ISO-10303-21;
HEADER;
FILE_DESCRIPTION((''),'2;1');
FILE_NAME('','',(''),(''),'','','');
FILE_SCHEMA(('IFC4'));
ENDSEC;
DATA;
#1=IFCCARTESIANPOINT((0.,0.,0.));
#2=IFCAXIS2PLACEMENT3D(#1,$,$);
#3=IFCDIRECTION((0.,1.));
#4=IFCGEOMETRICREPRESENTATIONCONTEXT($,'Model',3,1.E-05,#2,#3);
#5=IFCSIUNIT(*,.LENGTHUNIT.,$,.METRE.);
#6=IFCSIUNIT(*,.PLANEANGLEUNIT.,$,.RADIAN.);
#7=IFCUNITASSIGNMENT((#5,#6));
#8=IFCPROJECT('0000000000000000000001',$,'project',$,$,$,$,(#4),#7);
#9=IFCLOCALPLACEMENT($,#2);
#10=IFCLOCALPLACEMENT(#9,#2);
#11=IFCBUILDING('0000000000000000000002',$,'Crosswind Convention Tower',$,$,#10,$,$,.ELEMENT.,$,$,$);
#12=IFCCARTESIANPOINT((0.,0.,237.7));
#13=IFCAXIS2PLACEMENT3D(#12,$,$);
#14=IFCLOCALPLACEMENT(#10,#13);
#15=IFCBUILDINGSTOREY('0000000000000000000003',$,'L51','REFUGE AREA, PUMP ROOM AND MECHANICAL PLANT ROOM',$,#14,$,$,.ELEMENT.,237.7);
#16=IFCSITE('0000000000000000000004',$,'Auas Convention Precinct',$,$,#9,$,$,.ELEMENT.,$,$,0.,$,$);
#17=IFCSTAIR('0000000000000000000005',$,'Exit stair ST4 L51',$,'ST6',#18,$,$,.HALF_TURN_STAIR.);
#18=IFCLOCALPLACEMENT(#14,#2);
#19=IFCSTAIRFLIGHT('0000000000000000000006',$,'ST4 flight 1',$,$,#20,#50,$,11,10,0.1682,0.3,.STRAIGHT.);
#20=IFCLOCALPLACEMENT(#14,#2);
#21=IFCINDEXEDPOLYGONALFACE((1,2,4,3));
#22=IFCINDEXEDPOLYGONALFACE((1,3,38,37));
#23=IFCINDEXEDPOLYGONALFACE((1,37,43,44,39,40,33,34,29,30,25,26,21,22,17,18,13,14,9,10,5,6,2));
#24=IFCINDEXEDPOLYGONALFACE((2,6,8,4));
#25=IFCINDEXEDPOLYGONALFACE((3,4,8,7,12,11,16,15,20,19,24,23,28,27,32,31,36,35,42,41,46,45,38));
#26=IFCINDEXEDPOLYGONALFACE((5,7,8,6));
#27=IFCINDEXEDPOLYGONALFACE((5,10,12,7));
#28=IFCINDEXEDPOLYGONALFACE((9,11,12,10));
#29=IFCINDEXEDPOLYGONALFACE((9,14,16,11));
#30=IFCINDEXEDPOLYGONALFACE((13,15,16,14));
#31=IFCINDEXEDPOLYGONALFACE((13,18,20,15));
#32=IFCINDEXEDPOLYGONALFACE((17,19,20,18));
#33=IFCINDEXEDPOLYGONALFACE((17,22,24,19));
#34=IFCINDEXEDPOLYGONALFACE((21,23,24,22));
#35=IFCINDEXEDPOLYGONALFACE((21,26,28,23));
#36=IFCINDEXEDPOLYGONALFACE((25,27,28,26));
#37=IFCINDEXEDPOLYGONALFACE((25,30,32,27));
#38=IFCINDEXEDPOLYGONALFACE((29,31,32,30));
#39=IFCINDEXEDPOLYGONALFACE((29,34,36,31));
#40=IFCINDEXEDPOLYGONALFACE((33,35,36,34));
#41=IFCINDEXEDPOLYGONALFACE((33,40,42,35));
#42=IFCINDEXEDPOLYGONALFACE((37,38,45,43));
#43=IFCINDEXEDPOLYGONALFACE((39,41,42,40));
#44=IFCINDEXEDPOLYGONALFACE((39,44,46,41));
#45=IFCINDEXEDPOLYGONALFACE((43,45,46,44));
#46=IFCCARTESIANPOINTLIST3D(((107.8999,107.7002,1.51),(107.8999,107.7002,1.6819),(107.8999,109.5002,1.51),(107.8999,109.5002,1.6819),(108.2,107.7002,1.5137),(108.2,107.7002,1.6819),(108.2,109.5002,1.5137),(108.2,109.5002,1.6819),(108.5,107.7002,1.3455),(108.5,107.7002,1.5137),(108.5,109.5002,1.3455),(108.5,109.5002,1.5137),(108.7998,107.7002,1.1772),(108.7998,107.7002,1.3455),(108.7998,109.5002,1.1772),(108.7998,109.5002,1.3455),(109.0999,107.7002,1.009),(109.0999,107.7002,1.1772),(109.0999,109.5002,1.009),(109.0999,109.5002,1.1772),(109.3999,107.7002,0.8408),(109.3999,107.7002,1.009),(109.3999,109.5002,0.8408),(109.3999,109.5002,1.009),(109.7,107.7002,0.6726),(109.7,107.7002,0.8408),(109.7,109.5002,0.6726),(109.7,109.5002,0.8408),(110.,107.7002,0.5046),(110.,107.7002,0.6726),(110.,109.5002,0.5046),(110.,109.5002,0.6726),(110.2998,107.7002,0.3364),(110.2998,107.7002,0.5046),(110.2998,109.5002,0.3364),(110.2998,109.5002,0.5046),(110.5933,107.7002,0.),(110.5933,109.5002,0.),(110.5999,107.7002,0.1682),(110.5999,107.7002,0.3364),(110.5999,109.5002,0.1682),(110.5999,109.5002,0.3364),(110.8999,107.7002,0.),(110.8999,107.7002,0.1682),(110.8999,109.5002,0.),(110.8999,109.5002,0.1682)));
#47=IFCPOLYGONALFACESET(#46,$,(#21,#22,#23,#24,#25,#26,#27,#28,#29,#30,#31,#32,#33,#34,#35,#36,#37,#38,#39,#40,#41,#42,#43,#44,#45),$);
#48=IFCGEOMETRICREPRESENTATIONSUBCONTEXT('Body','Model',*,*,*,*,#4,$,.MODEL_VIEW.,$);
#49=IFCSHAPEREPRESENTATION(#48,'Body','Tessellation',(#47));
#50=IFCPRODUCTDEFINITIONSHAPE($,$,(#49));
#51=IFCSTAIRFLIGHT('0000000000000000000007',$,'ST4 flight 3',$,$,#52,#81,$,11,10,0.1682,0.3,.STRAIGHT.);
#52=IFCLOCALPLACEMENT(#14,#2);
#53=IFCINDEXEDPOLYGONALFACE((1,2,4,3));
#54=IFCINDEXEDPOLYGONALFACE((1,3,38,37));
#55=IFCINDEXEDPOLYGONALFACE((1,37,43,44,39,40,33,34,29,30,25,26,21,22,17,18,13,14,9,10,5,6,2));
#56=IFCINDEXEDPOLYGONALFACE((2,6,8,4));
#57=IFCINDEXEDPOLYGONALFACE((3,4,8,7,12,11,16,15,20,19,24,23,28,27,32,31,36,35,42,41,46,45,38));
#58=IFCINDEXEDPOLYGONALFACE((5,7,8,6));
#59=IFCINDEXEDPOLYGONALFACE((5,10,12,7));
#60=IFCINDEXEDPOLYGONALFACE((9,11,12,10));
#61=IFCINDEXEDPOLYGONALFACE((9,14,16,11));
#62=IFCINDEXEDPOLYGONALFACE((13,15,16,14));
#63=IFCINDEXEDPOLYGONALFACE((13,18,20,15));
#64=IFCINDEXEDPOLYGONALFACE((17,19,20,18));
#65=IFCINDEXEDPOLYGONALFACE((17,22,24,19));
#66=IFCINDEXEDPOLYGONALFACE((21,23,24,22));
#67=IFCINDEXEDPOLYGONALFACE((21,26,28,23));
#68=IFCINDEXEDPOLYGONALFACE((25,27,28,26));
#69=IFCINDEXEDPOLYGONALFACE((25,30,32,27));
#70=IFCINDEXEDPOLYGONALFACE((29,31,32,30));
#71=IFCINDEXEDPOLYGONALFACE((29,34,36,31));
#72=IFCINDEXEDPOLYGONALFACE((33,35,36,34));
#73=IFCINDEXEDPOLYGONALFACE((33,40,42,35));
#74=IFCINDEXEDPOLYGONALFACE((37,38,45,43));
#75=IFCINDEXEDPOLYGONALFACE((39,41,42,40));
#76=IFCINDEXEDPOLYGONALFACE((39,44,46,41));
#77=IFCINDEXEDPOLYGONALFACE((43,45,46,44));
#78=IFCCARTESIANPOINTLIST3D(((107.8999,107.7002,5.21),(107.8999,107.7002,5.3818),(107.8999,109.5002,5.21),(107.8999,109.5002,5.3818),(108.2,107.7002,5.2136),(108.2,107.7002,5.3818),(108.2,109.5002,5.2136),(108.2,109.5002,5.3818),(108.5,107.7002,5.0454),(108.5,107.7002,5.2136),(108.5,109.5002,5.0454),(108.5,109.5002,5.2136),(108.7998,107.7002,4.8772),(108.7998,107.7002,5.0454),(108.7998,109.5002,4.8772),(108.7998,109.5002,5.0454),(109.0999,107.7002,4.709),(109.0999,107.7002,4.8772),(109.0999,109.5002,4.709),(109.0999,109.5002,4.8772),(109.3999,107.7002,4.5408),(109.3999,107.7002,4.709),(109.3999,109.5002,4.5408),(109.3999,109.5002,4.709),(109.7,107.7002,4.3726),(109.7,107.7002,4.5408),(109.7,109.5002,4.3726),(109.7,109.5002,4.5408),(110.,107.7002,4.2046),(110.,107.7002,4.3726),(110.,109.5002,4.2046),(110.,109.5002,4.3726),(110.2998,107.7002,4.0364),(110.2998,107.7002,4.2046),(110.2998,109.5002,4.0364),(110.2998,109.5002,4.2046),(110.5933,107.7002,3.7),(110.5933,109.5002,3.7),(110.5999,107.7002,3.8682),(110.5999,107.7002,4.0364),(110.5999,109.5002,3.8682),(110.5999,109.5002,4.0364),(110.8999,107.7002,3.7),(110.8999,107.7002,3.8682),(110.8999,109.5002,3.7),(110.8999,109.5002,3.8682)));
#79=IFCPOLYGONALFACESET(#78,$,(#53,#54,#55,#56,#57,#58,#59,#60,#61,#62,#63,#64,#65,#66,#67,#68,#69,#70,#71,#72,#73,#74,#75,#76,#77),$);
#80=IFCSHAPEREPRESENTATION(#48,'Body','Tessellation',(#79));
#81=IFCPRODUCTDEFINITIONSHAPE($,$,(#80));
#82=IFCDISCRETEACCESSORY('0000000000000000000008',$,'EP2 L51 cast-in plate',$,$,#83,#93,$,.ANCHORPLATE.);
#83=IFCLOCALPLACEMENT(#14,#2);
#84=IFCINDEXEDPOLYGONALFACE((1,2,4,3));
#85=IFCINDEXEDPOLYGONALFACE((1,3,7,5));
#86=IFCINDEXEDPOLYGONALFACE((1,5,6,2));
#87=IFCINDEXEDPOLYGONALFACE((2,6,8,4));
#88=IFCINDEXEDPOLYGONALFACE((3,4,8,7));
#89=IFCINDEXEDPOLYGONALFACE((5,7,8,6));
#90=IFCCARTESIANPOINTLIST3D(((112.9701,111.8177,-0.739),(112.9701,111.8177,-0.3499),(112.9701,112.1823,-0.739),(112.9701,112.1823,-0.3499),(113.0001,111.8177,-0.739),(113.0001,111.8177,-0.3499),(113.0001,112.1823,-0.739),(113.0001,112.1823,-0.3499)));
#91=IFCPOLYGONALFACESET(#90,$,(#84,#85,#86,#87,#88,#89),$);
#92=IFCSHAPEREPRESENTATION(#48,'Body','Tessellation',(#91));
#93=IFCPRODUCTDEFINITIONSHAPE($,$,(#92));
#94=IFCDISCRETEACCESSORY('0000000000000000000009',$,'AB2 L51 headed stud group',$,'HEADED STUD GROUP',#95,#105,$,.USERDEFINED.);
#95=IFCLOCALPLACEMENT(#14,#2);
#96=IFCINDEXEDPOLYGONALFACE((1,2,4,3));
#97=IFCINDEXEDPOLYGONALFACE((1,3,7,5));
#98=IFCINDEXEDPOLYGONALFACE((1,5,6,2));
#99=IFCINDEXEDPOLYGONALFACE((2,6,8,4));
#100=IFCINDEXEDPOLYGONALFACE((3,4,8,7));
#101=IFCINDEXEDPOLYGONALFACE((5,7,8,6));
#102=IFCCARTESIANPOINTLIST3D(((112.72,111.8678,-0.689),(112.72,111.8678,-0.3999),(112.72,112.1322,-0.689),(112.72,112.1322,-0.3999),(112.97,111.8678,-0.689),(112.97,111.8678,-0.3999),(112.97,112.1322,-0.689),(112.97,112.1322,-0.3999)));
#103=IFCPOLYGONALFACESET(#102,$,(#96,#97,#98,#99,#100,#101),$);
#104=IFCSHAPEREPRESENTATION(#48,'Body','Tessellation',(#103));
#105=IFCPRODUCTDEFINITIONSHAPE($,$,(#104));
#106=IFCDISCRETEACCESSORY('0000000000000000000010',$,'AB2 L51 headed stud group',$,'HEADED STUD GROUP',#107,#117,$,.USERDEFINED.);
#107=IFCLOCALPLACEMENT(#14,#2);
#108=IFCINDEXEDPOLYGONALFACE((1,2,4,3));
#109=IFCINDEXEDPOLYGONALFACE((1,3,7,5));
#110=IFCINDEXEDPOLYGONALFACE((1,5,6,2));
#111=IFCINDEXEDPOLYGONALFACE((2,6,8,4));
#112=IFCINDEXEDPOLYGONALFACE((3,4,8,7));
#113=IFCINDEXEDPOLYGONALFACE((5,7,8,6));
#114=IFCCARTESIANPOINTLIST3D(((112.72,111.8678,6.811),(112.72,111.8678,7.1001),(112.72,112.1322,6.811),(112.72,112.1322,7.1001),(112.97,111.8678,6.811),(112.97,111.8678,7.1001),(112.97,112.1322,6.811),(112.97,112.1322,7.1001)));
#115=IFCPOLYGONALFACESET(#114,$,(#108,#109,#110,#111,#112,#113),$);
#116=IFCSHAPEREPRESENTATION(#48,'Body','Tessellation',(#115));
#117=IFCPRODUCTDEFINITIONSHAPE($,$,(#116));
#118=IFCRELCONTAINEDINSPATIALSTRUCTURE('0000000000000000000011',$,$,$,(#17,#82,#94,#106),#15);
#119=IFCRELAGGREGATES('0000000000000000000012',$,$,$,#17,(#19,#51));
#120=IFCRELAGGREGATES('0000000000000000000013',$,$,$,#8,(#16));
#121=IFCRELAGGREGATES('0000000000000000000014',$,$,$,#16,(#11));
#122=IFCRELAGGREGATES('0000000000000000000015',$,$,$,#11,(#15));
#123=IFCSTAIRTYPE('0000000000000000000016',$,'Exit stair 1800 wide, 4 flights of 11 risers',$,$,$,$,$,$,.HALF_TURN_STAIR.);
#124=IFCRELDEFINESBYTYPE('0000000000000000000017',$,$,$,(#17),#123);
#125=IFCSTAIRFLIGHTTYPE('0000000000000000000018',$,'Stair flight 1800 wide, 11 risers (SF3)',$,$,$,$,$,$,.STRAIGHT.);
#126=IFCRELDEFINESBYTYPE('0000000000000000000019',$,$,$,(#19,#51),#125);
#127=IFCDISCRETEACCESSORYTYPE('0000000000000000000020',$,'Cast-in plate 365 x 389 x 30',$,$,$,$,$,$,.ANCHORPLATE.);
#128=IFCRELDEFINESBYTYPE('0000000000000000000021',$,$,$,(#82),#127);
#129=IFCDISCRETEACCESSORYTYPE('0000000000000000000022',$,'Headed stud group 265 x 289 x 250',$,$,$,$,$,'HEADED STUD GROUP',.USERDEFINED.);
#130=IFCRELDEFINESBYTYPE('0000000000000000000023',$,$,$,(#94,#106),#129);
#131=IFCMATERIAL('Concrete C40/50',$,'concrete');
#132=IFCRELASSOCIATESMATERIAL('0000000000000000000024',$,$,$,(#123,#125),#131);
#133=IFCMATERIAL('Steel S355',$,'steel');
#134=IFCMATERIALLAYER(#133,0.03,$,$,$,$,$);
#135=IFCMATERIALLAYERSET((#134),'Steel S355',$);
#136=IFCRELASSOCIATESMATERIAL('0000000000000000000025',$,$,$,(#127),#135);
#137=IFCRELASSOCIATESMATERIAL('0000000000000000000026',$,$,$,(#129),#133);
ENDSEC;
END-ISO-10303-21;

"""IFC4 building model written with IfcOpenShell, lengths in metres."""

from ifc_helpers import new_model, si_unit, direction, frame, origin, origin_2d, place, context, subcontext, project, spatial, polyline, rectangle, outline, extrude, material, layer, layer_set, type_object, element, aggregate, save


model = new_model("IFC4")

# Units and contexts
model_context = context("Model", 3, precision=1e-05, world=origin(), true_north=direction((0.0, 1.0)))
body_context = subcontext(model_context, "Body", "Model", "MODEL_VIEW")
ifc_project = project(units=[si_unit("LENGTHUNIT", "METRE"), si_unit("PLANEANGLEUNIT", "RADIAN")], contexts=[model_context])

# Site, building, storey
site_placement = place(None, origin())
site = spatial("IfcSite", under=ifc_project, at=site_placement, Name="Auas Convention Precinct", CompositionType="ELEMENT", RefElevation=0.0)
building_placement = place(site_placement, origin())
building = spatial("IfcBuilding", under=site, at=building_placement, Name="Crosswind Convention Tower", CompositionType="ELEMENT")
storey_placement = place(building_placement, frame((0.0, 0.0, 237.7)))
storey = spatial("IfcBuildingStorey", under=building, at=storey_placement, Name="L51", Description="REFUGE AREA, PUMP ROOM AND MECHANICAL PLANT ROOM", CompositionType="ELEMENT", Elevation=237.7)

# Stair, stair flights
ifc_material_1 = material(Name="Concrete C40/50", Category="concrete")
stair_type = type_object("IfcStairType", Name="Exit stair 1800 wide, 4 flights of 11 risers", PredefinedType="HALF_TURN_STAIR", material=ifc_material_1)
stair_placement = place(storey_placement, origin())
stair = element("IfcStair", 1, at=stair_placement, inside=storey, type_object=stair_type, Name="Exit stair ST4 L51", ObjectType="ST6", PredefinedType="HALF_TURN_STAIR")
stair_flight_type = type_object("IfcStairFlightType", Name="Stair flight 1800 wide, 11 risers (SF3)", PredefinedType="STRAIGHT", material=ifc_material_1)
stair_flight_1_placement = place(storey_placement, frame((110.8999, 108.6001, 0.0), z_axis=(0.0, 0.0, 1.0), x_axis=(-1.0, 0.0, 0.0)))
stair_flight_1 = element("IfcStairFlight", 2, at=stair_flight_1_placement, type_object=stair_flight_type, Name="ST4 flight 1", NumberOfRisers=11, NumberOfTreads=10, PredefinedType="STRAIGHT", RiserHeight=0.1682, TreadLength=0.3, context=body_context, shape_type="SweptSolid", body=[
    extrude(outline(polyline([(0.0, 0.0), (0.0, 0.1682), (0.3, 0.1682), (0.3, 0.3364), (0.6001, 0.3364), (0.6001, 0.5046), (0.8999, 0.5046), (0.8999, 0.6726), (1.2, 0.6726), (1.2, 0.8408), (1.5, 0.8408), (1.5, 1.009), (1.8, 1.009), (1.8, 1.1772), (2.1001, 1.1772), (2.1001, 1.3455), (2.3999, 1.3455), (2.3999, 1.5137), (2.7, 1.5137), (2.7, 1.6819), (3.0, 1.6819), (3.0, 1.8501), (3.0, 1.51), (0.3066, 0.0), (0.0, 0.0)])), frame((0.0, 0.8999, 0.0), z_axis=(0.0, -1.0, 0.0), x_axis=(1.0, 0.0, 0.0)), (0.0, 0.0, 1.0), 1.8),
])
stair_flight_2_placement = place(storey_placement, frame((110.8999, 108.6001, 3.7), z_axis=(0.0, 0.0, 1.0), x_axis=(-1.0, 0.0, 0.0)))
stair_flight_2 = element("IfcStairFlight", 3, at=stair_flight_2_placement, type_object=stair_flight_type, Name="ST4 flight 3", NumberOfRisers=11, NumberOfTreads=10, PredefinedType="STRAIGHT", RiserHeight=0.1682, TreadLength=0.3, context=body_context, shape_type="SweptSolid", body=[
    extrude(outline(polyline([(0.0, 0.0), (0.0, 0.1682), (0.3, 0.1682), (0.3, 0.3364), (0.6001, 0.3364), (0.6001, 0.5046), (0.8999, 0.5046), (0.8999, 0.6726), (1.2, 0.6726), (1.2, 0.8408), (1.5, 0.8408), (1.5, 1.009), (1.8, 1.009), (1.8, 1.1772), (2.1001, 1.1772), (2.1001, 1.3455), (2.3999, 1.3455), (2.3999, 1.5137), (2.7, 1.5137), (2.7, 1.6819), (3.0, 1.6819), (3.0, 1.8501), (3.0, 1.51), (0.3066, 0.0), (0.0, 0.0)])), frame((0.0, 0.8999, 0.0), z_axis=(0.0, -1.0, 0.0), x_axis=(1.0, 0.0, 0.0)), (0.0, 0.0, 1.0), 1.8),
])
aggregate(stair, [stair_flight_1, stair_flight_2])

# Discrete accessories
ifc_material_2 = material(Name="Steel S355", Category="steel")
ifc_layer_1 = layer(ifc_material_2, 0.03)
ifc_layer_set_1 = layer_set([ifc_layer_1], Name="Steel S355")
discrete_accessory_type_1 = type_object("IfcDiscreteAccessoryType", Name="Cast-in plate 365 x 389 x 30", PredefinedType="ANCHORPLATE", material=ifc_layer_set_1)
discrete_accessory_placement = place(storey_placement, frame((112.9851, 112.0, -0.739), z_axis=(0.0, 0.0, 1.0), x_axis=(1.0, 0.0, 0.0)))
element("IfcDiscreteAccessory", 4, at=discrete_accessory_placement, inside=storey, type_object=discrete_accessory_type_1, Name="EP2 L51 cast-in plate", PredefinedType="ANCHORPLATE", context=body_context, shape_type="SweptSolid", body=[
    extrude(rectangle(XDim=0.03, YDim=0.3645, at=origin_2d()), origin(), (0.0, 0.0, 1.0), 0.3892),
])
discrete_accessory_type_2 = type_object("IfcDiscreteAccessoryType", Name="Headed stud group 265 x 289 x 250", ElementType="HEADED STUD GROUP", PredefinedType="USERDEFINED", material=ifc_material_2)
for number, where, z_axis, x_axis, name in (
    (5, (112.845, 112.0, -0.689), (0.0, 0.0, 1.0), (1.0, 0.0, 0.0), "AB2 L51 headed stud group"),
    (6, (112.845, 112.0, 6.811), (0.0, 0.0, 1.0), (1.0, 0.0, 0.0), "AB2 L51 headed stud group"),
):
    element("IfcDiscreteAccessory", number, at=place(storey_placement, frame(where, z_axis=z_axis, x_axis=x_axis)), inside=storey, type_object=discrete_accessory_type_2, Name=name, ObjectType="HEADED STUD GROUP", PredefinedType="USERDEFINED", context=body_context, shape_type="SweptSolid", body=[
        extrude(rectangle(XDim=0.25, YDim=0.2644, at=origin_2d()), origin(), (0.0, 0.0, 1.0), 0.2891),
    ])

save(model, "model.ifc")
